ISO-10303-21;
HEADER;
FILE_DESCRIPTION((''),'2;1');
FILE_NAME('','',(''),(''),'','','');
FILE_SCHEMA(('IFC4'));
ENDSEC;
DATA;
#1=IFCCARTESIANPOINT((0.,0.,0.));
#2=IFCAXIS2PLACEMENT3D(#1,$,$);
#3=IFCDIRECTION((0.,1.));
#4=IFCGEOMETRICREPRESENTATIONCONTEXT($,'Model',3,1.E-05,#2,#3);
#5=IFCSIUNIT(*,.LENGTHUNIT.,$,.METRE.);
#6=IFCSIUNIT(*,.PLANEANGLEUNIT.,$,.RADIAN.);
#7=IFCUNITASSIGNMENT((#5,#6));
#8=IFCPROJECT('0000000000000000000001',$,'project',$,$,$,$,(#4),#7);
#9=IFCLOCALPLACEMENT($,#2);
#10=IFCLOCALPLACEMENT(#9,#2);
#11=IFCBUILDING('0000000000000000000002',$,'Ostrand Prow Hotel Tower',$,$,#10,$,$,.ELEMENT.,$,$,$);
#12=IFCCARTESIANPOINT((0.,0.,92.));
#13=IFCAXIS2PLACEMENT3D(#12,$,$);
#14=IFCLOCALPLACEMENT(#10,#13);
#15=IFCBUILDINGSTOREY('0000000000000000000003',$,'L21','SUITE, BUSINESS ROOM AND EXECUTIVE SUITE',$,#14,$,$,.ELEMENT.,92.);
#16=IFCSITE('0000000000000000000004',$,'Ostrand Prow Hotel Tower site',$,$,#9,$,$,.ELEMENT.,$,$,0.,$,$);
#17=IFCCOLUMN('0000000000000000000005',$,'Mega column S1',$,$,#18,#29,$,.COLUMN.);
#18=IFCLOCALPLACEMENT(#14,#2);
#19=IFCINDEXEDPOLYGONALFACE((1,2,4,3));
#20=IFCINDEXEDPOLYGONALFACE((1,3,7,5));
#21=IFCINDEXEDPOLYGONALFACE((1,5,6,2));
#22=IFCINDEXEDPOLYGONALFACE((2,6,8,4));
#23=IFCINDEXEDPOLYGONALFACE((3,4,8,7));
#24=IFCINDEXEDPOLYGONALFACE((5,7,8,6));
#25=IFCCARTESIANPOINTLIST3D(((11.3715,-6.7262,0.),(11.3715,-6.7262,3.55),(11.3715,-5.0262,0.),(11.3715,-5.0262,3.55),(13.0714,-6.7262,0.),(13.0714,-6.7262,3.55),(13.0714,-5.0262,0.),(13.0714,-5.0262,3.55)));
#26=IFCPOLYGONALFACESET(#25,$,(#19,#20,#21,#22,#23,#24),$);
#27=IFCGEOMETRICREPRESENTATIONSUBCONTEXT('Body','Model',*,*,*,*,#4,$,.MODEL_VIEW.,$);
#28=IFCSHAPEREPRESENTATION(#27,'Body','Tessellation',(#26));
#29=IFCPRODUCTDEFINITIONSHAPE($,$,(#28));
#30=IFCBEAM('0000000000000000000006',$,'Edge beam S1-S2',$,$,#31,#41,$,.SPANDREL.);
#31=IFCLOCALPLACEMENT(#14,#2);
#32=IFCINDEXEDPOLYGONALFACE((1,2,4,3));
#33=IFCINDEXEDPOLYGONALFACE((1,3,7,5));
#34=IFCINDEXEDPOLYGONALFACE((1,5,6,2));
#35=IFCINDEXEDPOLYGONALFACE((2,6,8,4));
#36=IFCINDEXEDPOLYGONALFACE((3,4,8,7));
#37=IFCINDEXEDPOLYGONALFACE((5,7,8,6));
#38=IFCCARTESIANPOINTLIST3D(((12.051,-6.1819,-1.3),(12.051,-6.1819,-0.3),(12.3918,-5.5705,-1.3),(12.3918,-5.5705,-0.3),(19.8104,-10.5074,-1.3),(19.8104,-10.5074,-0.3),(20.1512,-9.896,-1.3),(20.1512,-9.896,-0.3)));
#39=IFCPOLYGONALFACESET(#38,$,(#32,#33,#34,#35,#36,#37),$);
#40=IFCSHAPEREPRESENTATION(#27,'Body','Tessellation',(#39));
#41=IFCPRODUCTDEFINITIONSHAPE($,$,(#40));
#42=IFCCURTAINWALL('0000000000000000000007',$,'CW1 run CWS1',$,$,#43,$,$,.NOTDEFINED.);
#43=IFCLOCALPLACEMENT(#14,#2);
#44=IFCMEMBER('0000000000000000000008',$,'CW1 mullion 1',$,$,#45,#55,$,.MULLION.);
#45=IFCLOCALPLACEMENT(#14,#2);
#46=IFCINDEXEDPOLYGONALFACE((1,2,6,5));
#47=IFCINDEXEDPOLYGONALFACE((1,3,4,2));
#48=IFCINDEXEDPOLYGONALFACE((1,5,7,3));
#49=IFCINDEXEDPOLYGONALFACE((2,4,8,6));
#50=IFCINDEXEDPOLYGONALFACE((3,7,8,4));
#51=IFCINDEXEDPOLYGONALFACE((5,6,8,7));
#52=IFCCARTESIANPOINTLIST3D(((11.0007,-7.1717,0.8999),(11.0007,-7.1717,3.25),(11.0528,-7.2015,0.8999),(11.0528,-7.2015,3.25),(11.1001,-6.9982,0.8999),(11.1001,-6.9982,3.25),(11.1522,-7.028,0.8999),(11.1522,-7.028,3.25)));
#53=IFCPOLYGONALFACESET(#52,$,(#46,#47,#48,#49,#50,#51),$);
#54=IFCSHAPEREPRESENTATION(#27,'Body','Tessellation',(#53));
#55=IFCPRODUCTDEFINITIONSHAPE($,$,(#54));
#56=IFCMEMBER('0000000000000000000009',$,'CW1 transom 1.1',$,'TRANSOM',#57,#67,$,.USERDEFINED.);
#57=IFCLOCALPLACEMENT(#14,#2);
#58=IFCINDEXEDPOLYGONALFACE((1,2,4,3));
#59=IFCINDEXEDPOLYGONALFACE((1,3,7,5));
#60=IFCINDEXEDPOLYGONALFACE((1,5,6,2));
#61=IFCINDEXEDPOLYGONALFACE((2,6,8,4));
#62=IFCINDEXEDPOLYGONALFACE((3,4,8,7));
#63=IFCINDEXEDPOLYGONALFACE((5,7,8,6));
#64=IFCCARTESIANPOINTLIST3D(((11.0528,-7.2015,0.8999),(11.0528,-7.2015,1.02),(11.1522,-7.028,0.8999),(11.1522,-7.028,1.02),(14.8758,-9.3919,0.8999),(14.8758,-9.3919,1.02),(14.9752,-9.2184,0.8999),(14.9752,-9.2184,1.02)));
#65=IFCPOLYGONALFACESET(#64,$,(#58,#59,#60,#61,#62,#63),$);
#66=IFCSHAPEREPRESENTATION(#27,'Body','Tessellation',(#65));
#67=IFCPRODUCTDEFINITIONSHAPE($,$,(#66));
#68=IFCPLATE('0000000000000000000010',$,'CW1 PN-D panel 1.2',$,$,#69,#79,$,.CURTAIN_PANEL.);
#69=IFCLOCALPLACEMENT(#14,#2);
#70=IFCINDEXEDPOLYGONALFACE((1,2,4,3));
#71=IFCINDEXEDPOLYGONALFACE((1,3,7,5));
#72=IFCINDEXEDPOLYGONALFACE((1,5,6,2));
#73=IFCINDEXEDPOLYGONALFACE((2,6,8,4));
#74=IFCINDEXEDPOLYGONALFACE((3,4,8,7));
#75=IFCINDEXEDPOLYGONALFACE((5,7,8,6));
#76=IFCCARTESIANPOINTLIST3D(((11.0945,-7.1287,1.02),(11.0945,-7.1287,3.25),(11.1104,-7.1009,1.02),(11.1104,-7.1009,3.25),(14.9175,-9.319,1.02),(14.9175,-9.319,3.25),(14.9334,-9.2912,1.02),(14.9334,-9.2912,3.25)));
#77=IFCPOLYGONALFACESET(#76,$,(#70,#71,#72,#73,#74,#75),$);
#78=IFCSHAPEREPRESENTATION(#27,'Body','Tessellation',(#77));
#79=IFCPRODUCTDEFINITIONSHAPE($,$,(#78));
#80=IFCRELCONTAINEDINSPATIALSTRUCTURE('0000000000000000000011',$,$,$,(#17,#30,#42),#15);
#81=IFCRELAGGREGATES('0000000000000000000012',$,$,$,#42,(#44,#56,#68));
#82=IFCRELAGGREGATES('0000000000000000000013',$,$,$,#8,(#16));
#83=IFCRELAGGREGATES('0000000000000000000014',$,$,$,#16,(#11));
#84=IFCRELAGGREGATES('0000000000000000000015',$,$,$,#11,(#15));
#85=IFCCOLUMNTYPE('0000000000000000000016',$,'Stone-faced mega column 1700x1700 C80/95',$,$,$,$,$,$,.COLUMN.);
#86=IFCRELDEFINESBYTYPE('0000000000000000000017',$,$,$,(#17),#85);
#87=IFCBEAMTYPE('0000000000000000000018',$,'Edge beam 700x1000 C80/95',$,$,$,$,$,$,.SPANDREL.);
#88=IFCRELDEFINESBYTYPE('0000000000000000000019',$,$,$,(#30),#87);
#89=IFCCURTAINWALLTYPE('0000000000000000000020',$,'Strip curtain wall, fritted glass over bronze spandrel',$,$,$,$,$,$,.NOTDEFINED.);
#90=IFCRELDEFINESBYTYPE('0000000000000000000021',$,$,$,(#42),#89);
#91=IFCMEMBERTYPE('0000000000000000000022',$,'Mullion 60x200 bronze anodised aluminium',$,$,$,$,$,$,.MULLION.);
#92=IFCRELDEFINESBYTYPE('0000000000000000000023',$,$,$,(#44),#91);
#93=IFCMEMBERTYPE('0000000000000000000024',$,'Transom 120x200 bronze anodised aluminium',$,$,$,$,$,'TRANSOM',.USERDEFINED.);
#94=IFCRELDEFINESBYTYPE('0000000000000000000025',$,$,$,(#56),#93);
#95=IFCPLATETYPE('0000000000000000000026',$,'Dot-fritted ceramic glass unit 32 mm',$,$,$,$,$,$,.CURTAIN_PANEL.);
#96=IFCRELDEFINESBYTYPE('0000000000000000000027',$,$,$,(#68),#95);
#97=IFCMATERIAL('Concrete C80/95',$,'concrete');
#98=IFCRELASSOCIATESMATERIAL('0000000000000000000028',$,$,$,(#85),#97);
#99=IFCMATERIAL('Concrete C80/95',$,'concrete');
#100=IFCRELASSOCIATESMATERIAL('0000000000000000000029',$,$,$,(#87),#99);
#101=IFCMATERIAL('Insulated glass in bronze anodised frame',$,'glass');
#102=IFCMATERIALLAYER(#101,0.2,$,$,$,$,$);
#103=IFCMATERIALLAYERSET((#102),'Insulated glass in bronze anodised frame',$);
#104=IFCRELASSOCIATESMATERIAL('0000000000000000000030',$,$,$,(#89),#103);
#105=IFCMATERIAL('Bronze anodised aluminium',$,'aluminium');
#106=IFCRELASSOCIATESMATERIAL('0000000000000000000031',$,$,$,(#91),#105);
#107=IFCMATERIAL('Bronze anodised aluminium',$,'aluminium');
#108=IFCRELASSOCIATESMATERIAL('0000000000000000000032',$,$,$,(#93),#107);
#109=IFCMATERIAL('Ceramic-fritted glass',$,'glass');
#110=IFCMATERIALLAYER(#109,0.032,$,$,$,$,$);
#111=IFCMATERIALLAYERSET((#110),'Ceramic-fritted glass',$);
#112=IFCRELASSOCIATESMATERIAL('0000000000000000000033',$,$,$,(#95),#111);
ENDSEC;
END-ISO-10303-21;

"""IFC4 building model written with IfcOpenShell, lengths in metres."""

from ifc_helpers import new_model, si_unit, direction, frame, origin, origin_2d, place, context, subcontext, project, spatial, rectangle, extrude, material, layer, layer_set, material_profile, profile_set, type_object, element, aggregate, save


model = new_model("IFC4")

# Units and contexts
model_context = context("Model", 3, precision=1e-05, world=origin(), true_north=direction((0.0, 1.0)))
body_context = subcontext(model_context, "Body", "Model", "MODEL_VIEW")
ifc_project = project(units=[si_unit("LENGTHUNIT", "METRE"), si_unit("PLANEANGLEUNIT", "RADIAN")], contexts=[model_context])

# Site, building, storey
site_placement = place(None, origin())
site = spatial("IfcSite", under=ifc_project, at=site_placement, Name="Ostrand Prow Hotel Tower site", CompositionType="ELEMENT", RefElevation=0.0)
building_placement = place(site_placement, origin())
building = spatial("IfcBuilding", under=site, at=building_placement, Name="Ostrand Prow Hotel Tower", CompositionType="ELEMENT")
storey_placement = place(building_placement, frame((0.0, 0.0, 92.0)))
storey = spatial("IfcBuildingStorey", under=building, at=storey_placement, Name="L21", Description="SUITE, BUSINESS ROOM AND EXECUTIVE SUITE", CompositionType="ELEMENT", Elevation=92.0)

# Column
ifc_material_1 = material(Name="Concrete C80/95", Category="concrete")
ifc_material_profile_1 = material_profile(ifc_material_1, rectangle(XDim=1.7, YDim=1.7, at=origin_2d()), Name="RC 1700x1700")
ifc_profile_set_1 = profile_set([ifc_material_profile_1], Name="Concrete C80/95")
column_type = type_object("IfcColumnType", Name="Stone-faced mega column 1700x1700 C80/95", PredefinedType="COLUMN", material=ifc_profile_set_1)
column_placement = place(storey_placement, frame((12.2214, -5.8762, 0.0), z_axis=(0.0, 0.0, 1.0), x_axis=(1.0, 0.0, 0.0)))
element("IfcColumn", 1, at=column_placement, inside=storey, type_object=column_type, Name="Mega column S1", PredefinedType="COLUMN", context=body_context, shape_type="SweptSolid", body=[
    extrude(rectangle(XDim=1.7, YDim=1.7, at=origin_2d()), origin(), (0.0, 0.0, 1.0), 3.55),
])

# Beam
ifc_material_2 = material(Name="Concrete C80/95", Category="concrete")
ifc_material_profile_2 = material_profile(ifc_material_2, rectangle(XDim=0.7, YDim=1.0, at=origin_2d()), Name="RC 700x1000")
ifc_profile_set_2 = profile_set([ifc_material_profile_2], Name="Concrete C80/95")
beam_type = type_object("IfcBeamType", Name="Edge beam 700x1000 C80/95", PredefinedType="SPANDREL", material=ifc_profile_set_2)
beam_placement = place(storey_placement, frame((12.2214, -5.8762, -0.8), z_axis=(0.873452, -0.486909, 0.0), x_axis=(0.486909, 0.873452, 0.0)))
element("IfcBeam", 2, at=beam_placement, inside=storey, type_object=beam_type, Name="Edge beam S1-S2", PredefinedType="SPANDREL", context=body_context, shape_type="SweptSolid", body=[
    extrude(rectangle(XDim=0.7, YDim=1.0, at=origin_2d()), origin(), (0.0, 0.0, 1.0), 8.8835),
])

# Curtain wall, members, plate
ifc_material_3 = material(Name="Insulated glass in bronze anodised frame", Category="glass")
ifc_layer_1 = layer(ifc_material_3, 0.2)
ifc_layer_set_1 = layer_set([ifc_layer_1], Name="Insulated glass in bronze anodised frame")
curtain_wall_type = type_object("IfcCurtainWallType", Name="Strip curtain wall, fritted glass over bronze spandrel", PredefinedType="NOTDEFINED", material=ifc_layer_set_1)
curtain_wall_placement = place(storey_placement, origin())
curtain_wall = element("IfcCurtainWall", 3, at=curtain_wall_placement, inside=storey, type_object=curtain_wall_type, Name="CW1 run CWS1", PredefinedType="NOTDEFINED")
ifc_material_4 = material(Name="Bronze anodised aluminium", Category="aluminium")
ifc_material_profile_3 = material_profile(ifc_material_4, rectangle(XDim=0.2, YDim=0.0601, at=origin_2d()), Name="Mullion 60x200 bronze anodised aluminium")
ifc_profile_set_3 = profile_set([ifc_material_profile_3], Name="Bronze anodised aluminium")
member_type_1 = type_object("IfcMemberType", Name="Mullion 60x200 bronze anodised aluminium", PredefinedType="MULLION", material=ifc_profile_set_3)
member_1_placement = place(storey_placement, frame((11.0764, -7.0999, 0.8999), z_axis=(0.0, 0.0, 1.0), x_axis=(0.497115, 0.867685, 0.0)))
member_1 = element("IfcMember", 4, at=member_1_placement, type_object=member_type_1, Name="CW1 mullion 1", PredefinedType="MULLION", context=body_context, shape_type="SweptSolid", body=[
    extrude(rectangle(XDim=0.2, YDim=0.0601, at=origin_2d()), origin(), (0.0, 0.0, 1.0), 2.3501),
])
ifc_material_5 = material(Name="Bronze anodised aluminium", Category="aluminium")
ifc_material_profile_4 = material_profile(ifc_material_5, rectangle(XDim=0.2, YDim=0.1201, at=origin_2d()), Name="Transom 120x200 bronze anodised aluminium")
ifc_profile_set_4 = profile_set([ifc_material_profile_4], Name="Bronze anodised aluminium")
member_type_2 = type_object("IfcMemberType", Name="Transom 120x200 bronze anodised aluminium", ElementType="TRANSOM", PredefinedType="USERDEFINED", material=ifc_profile_set_4)
member_2_placement = place(storey_placement, frame((11.1025, -7.1147, 0.96), z_axis=(0.86767, -0.497141, 0.0), x_axis=(0.497141, 0.86767, 0.0)))
member_2 = element("IfcMember", 5, at=member_2_placement, type_object=member_type_2, Name="CW1 transom 1.1", ObjectType="TRANSOM", PredefinedType="USERDEFINED", context=body_context, shape_type="SweptSolid", body=[
    extrude(rectangle(XDim=0.2, YDim=0.1201, at=origin_2d()), origin(), (0.0, 0.0, 1.0), 4.406),
])
ifc_material_6 = material(Name="Ceramic-fritted glass", Category="glass")
ifc_layer_2 = layer(ifc_material_6, 0.032)
ifc_layer_set_2 = layer_set([ifc_layer_2], Name="Ceramic-fritted glass")
plate_type = type_object("IfcPlateType", Name="Dot-fritted ceramic glass unit 32 mm", PredefinedType="CURTAIN_PANEL", material=ifc_layer_set_2)
plate_placement = place(storey_placement, frame((13.0139, -8.21, 1.02), z_axis=(0.0, 0.0, 1.0), x_axis=(0.867685, -0.497115, 0.0)))
plate = element("IfcPlate", 6, at=plate_placement, type_object=plate_type, Name="CW1 PN-D panel 1.2", PredefinedType="CURTAIN_PANEL", context=body_context, shape_type="SweptSolid", body=[
    extrude(rectangle(XDim=4.406, YDim=0.032, at=origin_2d()), origin(), (0.0, 0.0, 1.0), 2.23),
])
aggregate(curtain_wall, [member_1, member_2, plate])

save(model, "model.ifc")
